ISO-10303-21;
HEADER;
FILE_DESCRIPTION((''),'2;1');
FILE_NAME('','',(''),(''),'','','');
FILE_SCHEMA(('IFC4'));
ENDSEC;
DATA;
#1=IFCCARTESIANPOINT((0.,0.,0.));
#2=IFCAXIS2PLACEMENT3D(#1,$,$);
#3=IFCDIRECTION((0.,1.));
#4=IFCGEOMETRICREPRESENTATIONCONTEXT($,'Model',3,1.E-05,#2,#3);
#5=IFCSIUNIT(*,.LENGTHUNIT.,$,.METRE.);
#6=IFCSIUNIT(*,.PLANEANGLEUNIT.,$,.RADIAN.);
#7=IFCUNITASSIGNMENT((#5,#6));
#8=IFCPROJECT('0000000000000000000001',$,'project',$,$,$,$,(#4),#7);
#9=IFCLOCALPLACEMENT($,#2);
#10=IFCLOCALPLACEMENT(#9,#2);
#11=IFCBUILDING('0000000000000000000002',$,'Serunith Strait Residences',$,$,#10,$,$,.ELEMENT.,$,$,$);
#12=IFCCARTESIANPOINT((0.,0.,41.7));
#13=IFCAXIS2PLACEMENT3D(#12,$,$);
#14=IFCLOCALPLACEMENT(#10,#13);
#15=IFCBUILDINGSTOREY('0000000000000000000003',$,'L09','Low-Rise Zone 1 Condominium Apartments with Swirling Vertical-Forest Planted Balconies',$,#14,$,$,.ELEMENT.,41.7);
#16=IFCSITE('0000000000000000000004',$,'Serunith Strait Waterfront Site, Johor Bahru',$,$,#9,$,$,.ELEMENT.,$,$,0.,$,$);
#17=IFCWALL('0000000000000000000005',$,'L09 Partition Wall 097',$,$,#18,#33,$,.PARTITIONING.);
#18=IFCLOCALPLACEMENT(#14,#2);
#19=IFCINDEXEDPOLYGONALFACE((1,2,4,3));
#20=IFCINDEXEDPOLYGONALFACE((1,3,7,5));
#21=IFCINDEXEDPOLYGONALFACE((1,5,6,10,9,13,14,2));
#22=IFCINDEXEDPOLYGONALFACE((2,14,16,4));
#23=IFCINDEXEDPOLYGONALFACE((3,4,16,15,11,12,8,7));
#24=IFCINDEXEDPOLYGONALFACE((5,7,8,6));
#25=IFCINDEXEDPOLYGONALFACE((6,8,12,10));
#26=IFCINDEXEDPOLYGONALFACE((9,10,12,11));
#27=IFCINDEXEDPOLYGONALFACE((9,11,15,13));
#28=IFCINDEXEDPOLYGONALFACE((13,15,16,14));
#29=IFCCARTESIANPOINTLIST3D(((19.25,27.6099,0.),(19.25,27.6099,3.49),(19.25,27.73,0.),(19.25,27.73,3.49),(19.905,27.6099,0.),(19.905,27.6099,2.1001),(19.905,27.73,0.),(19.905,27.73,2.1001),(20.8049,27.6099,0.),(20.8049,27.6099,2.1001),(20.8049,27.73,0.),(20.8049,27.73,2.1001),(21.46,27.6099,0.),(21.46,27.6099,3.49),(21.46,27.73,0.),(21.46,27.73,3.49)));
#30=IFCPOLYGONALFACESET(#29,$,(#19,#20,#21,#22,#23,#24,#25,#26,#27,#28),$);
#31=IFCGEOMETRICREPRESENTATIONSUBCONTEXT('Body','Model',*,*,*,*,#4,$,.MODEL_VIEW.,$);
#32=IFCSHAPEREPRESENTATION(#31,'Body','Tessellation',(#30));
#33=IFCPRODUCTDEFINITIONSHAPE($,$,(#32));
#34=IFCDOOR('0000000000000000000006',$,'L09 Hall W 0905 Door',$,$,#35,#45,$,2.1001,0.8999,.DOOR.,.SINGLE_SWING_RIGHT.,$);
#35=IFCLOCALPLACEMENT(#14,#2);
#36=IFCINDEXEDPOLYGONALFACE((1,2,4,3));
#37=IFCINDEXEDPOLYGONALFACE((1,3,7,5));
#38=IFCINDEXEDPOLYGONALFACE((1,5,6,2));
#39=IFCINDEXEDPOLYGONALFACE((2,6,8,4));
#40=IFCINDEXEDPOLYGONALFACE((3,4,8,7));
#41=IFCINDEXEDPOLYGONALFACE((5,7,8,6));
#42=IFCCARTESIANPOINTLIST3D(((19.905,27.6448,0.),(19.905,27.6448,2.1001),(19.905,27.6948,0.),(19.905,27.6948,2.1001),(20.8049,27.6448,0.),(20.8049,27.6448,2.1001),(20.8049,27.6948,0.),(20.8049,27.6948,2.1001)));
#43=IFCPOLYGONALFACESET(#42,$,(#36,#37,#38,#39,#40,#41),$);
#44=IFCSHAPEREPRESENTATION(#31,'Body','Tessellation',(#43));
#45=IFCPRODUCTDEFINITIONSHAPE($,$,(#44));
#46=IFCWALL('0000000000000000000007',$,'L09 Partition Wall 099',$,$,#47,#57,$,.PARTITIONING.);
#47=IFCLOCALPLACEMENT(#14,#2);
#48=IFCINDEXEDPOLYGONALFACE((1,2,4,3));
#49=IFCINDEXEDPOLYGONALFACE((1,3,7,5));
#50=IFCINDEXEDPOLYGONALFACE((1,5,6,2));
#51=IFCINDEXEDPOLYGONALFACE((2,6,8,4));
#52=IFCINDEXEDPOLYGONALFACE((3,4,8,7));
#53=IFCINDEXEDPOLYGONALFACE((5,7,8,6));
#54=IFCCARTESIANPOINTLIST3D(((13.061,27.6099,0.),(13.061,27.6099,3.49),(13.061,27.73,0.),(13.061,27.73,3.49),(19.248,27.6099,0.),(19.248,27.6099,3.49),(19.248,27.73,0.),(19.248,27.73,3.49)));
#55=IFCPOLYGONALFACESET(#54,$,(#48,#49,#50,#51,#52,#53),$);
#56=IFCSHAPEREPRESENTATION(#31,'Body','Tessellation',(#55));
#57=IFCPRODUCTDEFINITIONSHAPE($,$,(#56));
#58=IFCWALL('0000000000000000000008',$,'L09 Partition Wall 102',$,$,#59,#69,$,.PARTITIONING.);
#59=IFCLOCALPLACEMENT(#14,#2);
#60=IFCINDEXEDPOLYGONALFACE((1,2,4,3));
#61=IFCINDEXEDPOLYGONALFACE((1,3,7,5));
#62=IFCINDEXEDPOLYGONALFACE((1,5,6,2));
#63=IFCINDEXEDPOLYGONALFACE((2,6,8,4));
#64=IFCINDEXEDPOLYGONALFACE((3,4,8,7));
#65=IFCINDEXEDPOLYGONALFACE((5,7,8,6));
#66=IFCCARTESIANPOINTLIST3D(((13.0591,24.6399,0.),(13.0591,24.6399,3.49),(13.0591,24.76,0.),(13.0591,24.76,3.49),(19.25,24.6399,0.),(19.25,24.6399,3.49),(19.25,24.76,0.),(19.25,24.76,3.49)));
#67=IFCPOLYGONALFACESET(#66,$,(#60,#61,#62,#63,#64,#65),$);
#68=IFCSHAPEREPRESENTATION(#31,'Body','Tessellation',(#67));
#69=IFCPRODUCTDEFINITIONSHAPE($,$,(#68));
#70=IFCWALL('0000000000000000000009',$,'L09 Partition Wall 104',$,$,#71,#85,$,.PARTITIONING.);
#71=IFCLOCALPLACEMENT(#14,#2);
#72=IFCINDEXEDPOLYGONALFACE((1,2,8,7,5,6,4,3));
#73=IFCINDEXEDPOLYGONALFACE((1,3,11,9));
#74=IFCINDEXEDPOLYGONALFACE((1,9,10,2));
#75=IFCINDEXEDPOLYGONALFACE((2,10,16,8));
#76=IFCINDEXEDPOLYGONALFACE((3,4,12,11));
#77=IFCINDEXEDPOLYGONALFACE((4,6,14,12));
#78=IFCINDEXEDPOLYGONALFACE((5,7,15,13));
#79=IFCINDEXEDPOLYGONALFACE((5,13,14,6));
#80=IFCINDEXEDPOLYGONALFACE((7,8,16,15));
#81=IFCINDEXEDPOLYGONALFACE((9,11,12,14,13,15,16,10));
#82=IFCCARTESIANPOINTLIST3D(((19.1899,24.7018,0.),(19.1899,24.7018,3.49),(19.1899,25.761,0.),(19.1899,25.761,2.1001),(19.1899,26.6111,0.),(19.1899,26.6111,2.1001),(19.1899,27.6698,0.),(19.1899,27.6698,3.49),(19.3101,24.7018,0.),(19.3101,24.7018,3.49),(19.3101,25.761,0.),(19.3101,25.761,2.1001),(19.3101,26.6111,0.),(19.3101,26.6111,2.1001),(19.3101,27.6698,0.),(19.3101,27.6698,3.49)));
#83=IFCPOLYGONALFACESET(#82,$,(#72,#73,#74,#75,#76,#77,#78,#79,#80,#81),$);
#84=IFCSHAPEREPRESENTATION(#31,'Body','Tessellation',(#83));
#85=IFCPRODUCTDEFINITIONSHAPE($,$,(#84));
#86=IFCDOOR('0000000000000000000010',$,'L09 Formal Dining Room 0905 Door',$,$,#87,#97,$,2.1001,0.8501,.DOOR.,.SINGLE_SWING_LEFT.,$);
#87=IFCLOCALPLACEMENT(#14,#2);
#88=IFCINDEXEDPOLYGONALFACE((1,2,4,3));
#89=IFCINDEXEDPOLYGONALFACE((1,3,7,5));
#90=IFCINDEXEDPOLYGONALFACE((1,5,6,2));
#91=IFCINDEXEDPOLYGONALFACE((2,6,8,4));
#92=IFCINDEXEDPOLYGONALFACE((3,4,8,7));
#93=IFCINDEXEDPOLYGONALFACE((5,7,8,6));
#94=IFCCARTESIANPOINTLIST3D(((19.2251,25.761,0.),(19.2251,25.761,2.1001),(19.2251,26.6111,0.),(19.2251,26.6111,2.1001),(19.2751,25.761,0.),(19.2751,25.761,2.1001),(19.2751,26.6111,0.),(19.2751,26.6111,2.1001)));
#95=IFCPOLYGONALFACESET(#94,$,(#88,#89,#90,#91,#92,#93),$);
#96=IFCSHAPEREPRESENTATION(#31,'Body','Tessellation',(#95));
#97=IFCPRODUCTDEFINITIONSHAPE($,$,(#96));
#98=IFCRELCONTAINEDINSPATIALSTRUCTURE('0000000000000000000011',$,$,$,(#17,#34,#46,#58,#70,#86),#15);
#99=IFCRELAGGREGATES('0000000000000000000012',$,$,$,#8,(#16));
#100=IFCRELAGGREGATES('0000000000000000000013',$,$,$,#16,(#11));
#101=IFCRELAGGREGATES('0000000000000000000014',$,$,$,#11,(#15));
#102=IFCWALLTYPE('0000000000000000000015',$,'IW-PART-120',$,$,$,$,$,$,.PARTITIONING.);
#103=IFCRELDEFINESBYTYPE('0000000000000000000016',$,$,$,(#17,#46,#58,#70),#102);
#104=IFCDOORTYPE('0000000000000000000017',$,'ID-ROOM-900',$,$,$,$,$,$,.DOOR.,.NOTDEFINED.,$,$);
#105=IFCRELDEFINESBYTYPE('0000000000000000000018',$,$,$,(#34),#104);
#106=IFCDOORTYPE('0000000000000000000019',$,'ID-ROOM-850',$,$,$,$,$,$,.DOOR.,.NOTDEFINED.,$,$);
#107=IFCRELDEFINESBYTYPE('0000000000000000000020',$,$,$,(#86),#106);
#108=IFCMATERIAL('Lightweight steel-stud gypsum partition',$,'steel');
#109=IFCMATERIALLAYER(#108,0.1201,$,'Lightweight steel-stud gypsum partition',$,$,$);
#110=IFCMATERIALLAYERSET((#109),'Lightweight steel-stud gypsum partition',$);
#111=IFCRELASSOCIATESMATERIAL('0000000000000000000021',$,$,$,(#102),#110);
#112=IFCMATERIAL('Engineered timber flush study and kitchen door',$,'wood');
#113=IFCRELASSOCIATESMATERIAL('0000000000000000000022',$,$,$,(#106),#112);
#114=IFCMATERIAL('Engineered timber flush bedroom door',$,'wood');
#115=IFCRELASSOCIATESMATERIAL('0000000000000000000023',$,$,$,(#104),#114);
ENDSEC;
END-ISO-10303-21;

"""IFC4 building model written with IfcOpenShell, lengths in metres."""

from ifc_helpers import new_model, si_unit, direction, frame, frame_2d, origin, place, context, subcontext, project, spatial, rectangle, extrude, source, transform, mapped, material, layer, layer_set, type_object, element, fill, save


model = new_model("IFC4")

# Units and contexts
model_context = context("Model", 3, precision=1e-05, world=origin(), true_north=direction((0.0, 1.0)))
body_context = subcontext(model_context, "Body", "Model", "MODEL_VIEW")
ifc_project = project(units=[si_unit("LENGTHUNIT", "METRE"), si_unit("PLANEANGLEUNIT", "RADIAN")], contexts=[model_context])

# Site, building, storey
site_placement = place(None, origin())
site = spatial("IfcSite", under=ifc_project, at=site_placement, Name="Serunith Strait Waterfront Site, Johor Bahru", CompositionType="ELEMENT", RefElevation=0.0)
building_placement = place(site_placement, origin())
building = spatial("IfcBuilding", under=site, at=building_placement, Name="Serunith Strait Residences", CompositionType="ELEMENT")
storey_placement = place(building_placement, frame((0.0, 0.0, 41.7)))
storey = spatial("IfcBuildingStorey", under=building, at=storey_placement, Name="L09", Description="Low-Rise Zone 1 Condominium Apartments with Swirling Vertical-Forest Planted Balconies", CompositionType="ELEMENT", Elevation=41.7)

# Shared definitions
ifc_material_1 = material(Name="Lightweight steel-stud gypsum partition", Category="steel")
ifc_layer_1 = layer(ifc_material_1, 0.1201, Name="Lightweight steel-stud gypsum partition")
ifc_layer_set_1 = layer_set([ifc_layer_1], Name="Lightweight steel-stud gypsum partition")
wall_type_1 = type_object("IfcWallType", Name="IW-PART-120", PredefinedType="PARTITIONING", material=ifc_layer_set_1)
shared_shape_1 = source(origin(), body_context, "Body", "SweptSolid", [
    extrude(rectangle(XDim=0.8501, YDim=2.1001, at=frame_2d((0.425, 1.05))), frame((0.0, 0.0249, 0.0), z_axis=(0.0, -1.0, 0.0), x_axis=(1.0, 0.0, 0.0)), (0.0, 0.0, 1.0), 0.05),
])
ifc_material_2 = material(Name="Engineered timber flush study and kitchen door", Category="wood")
door_type_1 = type_object("IfcDoorType", Name="ID-ROOM-850", OperationType="NOTDEFINED", PredefinedType="DOOR", material=ifc_material_2)
ifc_material_3 = material(Name="Engineered timber flush bedroom door", Category="wood")
door_type_2 = type_object("IfcDoorType", Name="ID-ROOM-900", OperationType="NOTDEFINED", PredefinedType="DOOR", material=ifc_material_3)
shared_shape_2 = source(origin(), body_context, "Body", "SweptSolid", [
    extrude(rectangle(XDim=0.8999, YDim=2.1001, at=frame_2d((0.45, 1.05))), frame((0.0, 0.0249, 0.0), z_axis=(0.0, -1.0, 0.0), x_axis=(1.0, 0.0, 0.0)), (0.0, 0.0, 1.0), 0.05),
])

# Wall, opening, door
wall_1_placement = place(storey_placement, frame((19.25, 27.6699, 0.0), z_axis=(0.0, 0.0, 1.0), x_axis=(1.0, 0.0, 0.0)))
wall_1 = element("IfcWall", 1, at=wall_1_placement, inside=storey, type_object=wall_type_1, Name="L09 Partition Wall 097", PredefinedType="PARTITIONING", context=body_context, shape_type="SweptSolid", body=[
    extrude(rectangle(XDim=2.21, YDim=0.1201, at=frame_2d((1.105, 0.0))), origin(), (0.0, 0.0, 1.0), 3.49),
])
opening_1_placement = place(wall_1_placement, frame((0.655, 0.0, 0.0)))
opening_1 = element("IfcOpeningElement", 2, at=opening_1_placement, cuts=wall_1, PredefinedType="OPENING", context=body_context, shape_type="SweptSolid", body=[
    extrude(rectangle(XDim=0.8999, YDim=2.1001, at=frame_2d((0.45, 1.05))), frame((0.0, 0.0701, 0.0), z_axis=(0.0, -1.0, 0.0), x_axis=(1.0, 0.0, 0.0)), (0.0, 0.0, 1.0), 0.1401),
])
door_1_placement = place(opening_1_placement, origin())
door_1 = element("IfcDoor", 3, at=door_1_placement, inside=storey, type_object=door_type_2, Name="L09 Hall W 0905 Door", OperationType="SINGLE_SWING_RIGHT", OverallHeight=2.1001, OverallWidth=0.8999, PredefinedType="DOOR", context=body_context, shape_type="MappedRepresentation", body=[
    mapped(shared_shape_2, transform((0.0, 0.0, 0.0), scale=1.0)),
])
fill(opening_1, door_1)

# Walls
wall_2_placement = place(storey_placement, frame((13.061, 27.6699, 0.0), z_axis=(0.0, 0.0, 1.0), x_axis=(1.0, 0.0, 0.0)))
element("IfcWall", 4, at=wall_2_placement, inside=storey, type_object=wall_type_1, Name="L09 Partition Wall 099", PredefinedType="PARTITIONING", context=body_context, shape_type="SweptSolid", body=[
    extrude(rectangle(XDim=6.187, YDim=0.1201, at=frame_2d((3.0935, 0.0))), origin(), (0.0, 0.0, 1.0), 3.49),
])
wall_3_placement = place(storey_placement, frame((13.0591, 24.7, 0.0), z_axis=(0.0, 0.0, 1.0), x_axis=(1.0, 0.0, 0.0)))
element("IfcWall", 5, at=wall_3_placement, inside=storey, type_object=wall_type_1, Name="L09 Partition Wall 102", PredefinedType="PARTITIONING", context=body_context, shape_type="SweptSolid", body=[
    extrude(rectangle(XDim=6.1909, YDim=0.1201, at=frame_2d((3.0955, 0.0))), origin(), (0.0, 0.0, 1.0), 3.49),
])

# Wall, opening, door
wall_4_placement = place(storey_placement, frame((19.25, 24.7019, 0.0), z_axis=(0.0, 0.0, 1.0), x_axis=(0.0, 1.0, 0.0)))
wall_4 = element("IfcWall", 6, at=wall_4_placement, inside=storey, type_object=wall_type_1, Name="L09 Partition Wall 104", PredefinedType="PARTITIONING", context=body_context, shape_type="SweptSolid", body=[
    extrude(rectangle(XDim=2.968, YDim=0.1201, at=frame_2d((1.4839, 0.0))), origin(), (0.0, 0.0, 1.0), 3.49),
])
opening_2_placement = place(wall_4_placement, frame((1.0591, 0.0, 0.0)))
opening_2 = element("IfcOpeningElement", 7, at=opening_2_placement, cuts=wall_4, PredefinedType="OPENING", context=body_context, shape_type="SweptSolid", body=[
    extrude(rectangle(XDim=0.8501, YDim=2.1001, at=frame_2d((0.425, 1.05))), frame((0.0, 0.0701, 0.0), z_axis=(0.0, -1.0, 0.0), x_axis=(1.0, 0.0, 0.0)), (0.0, 0.0, 1.0), 0.1401),
])
door_2_placement = place(opening_2_placement, origin())
door_2 = element("IfcDoor", 8, at=door_2_placement, inside=storey, type_object=door_type_1, Name="L09 Formal Dining Room 0905 Door", OperationType="SINGLE_SWING_LEFT", OverallHeight=2.1001, OverallWidth=0.8501, PredefinedType="DOOR", context=body_context, shape_type="MappedRepresentation", body=[
    mapped(shared_shape_1, transform((0.0, 0.0, 0.0), scale=1.0)),
])
fill(opening_2, door_2)

save(model, "model.ifc")
